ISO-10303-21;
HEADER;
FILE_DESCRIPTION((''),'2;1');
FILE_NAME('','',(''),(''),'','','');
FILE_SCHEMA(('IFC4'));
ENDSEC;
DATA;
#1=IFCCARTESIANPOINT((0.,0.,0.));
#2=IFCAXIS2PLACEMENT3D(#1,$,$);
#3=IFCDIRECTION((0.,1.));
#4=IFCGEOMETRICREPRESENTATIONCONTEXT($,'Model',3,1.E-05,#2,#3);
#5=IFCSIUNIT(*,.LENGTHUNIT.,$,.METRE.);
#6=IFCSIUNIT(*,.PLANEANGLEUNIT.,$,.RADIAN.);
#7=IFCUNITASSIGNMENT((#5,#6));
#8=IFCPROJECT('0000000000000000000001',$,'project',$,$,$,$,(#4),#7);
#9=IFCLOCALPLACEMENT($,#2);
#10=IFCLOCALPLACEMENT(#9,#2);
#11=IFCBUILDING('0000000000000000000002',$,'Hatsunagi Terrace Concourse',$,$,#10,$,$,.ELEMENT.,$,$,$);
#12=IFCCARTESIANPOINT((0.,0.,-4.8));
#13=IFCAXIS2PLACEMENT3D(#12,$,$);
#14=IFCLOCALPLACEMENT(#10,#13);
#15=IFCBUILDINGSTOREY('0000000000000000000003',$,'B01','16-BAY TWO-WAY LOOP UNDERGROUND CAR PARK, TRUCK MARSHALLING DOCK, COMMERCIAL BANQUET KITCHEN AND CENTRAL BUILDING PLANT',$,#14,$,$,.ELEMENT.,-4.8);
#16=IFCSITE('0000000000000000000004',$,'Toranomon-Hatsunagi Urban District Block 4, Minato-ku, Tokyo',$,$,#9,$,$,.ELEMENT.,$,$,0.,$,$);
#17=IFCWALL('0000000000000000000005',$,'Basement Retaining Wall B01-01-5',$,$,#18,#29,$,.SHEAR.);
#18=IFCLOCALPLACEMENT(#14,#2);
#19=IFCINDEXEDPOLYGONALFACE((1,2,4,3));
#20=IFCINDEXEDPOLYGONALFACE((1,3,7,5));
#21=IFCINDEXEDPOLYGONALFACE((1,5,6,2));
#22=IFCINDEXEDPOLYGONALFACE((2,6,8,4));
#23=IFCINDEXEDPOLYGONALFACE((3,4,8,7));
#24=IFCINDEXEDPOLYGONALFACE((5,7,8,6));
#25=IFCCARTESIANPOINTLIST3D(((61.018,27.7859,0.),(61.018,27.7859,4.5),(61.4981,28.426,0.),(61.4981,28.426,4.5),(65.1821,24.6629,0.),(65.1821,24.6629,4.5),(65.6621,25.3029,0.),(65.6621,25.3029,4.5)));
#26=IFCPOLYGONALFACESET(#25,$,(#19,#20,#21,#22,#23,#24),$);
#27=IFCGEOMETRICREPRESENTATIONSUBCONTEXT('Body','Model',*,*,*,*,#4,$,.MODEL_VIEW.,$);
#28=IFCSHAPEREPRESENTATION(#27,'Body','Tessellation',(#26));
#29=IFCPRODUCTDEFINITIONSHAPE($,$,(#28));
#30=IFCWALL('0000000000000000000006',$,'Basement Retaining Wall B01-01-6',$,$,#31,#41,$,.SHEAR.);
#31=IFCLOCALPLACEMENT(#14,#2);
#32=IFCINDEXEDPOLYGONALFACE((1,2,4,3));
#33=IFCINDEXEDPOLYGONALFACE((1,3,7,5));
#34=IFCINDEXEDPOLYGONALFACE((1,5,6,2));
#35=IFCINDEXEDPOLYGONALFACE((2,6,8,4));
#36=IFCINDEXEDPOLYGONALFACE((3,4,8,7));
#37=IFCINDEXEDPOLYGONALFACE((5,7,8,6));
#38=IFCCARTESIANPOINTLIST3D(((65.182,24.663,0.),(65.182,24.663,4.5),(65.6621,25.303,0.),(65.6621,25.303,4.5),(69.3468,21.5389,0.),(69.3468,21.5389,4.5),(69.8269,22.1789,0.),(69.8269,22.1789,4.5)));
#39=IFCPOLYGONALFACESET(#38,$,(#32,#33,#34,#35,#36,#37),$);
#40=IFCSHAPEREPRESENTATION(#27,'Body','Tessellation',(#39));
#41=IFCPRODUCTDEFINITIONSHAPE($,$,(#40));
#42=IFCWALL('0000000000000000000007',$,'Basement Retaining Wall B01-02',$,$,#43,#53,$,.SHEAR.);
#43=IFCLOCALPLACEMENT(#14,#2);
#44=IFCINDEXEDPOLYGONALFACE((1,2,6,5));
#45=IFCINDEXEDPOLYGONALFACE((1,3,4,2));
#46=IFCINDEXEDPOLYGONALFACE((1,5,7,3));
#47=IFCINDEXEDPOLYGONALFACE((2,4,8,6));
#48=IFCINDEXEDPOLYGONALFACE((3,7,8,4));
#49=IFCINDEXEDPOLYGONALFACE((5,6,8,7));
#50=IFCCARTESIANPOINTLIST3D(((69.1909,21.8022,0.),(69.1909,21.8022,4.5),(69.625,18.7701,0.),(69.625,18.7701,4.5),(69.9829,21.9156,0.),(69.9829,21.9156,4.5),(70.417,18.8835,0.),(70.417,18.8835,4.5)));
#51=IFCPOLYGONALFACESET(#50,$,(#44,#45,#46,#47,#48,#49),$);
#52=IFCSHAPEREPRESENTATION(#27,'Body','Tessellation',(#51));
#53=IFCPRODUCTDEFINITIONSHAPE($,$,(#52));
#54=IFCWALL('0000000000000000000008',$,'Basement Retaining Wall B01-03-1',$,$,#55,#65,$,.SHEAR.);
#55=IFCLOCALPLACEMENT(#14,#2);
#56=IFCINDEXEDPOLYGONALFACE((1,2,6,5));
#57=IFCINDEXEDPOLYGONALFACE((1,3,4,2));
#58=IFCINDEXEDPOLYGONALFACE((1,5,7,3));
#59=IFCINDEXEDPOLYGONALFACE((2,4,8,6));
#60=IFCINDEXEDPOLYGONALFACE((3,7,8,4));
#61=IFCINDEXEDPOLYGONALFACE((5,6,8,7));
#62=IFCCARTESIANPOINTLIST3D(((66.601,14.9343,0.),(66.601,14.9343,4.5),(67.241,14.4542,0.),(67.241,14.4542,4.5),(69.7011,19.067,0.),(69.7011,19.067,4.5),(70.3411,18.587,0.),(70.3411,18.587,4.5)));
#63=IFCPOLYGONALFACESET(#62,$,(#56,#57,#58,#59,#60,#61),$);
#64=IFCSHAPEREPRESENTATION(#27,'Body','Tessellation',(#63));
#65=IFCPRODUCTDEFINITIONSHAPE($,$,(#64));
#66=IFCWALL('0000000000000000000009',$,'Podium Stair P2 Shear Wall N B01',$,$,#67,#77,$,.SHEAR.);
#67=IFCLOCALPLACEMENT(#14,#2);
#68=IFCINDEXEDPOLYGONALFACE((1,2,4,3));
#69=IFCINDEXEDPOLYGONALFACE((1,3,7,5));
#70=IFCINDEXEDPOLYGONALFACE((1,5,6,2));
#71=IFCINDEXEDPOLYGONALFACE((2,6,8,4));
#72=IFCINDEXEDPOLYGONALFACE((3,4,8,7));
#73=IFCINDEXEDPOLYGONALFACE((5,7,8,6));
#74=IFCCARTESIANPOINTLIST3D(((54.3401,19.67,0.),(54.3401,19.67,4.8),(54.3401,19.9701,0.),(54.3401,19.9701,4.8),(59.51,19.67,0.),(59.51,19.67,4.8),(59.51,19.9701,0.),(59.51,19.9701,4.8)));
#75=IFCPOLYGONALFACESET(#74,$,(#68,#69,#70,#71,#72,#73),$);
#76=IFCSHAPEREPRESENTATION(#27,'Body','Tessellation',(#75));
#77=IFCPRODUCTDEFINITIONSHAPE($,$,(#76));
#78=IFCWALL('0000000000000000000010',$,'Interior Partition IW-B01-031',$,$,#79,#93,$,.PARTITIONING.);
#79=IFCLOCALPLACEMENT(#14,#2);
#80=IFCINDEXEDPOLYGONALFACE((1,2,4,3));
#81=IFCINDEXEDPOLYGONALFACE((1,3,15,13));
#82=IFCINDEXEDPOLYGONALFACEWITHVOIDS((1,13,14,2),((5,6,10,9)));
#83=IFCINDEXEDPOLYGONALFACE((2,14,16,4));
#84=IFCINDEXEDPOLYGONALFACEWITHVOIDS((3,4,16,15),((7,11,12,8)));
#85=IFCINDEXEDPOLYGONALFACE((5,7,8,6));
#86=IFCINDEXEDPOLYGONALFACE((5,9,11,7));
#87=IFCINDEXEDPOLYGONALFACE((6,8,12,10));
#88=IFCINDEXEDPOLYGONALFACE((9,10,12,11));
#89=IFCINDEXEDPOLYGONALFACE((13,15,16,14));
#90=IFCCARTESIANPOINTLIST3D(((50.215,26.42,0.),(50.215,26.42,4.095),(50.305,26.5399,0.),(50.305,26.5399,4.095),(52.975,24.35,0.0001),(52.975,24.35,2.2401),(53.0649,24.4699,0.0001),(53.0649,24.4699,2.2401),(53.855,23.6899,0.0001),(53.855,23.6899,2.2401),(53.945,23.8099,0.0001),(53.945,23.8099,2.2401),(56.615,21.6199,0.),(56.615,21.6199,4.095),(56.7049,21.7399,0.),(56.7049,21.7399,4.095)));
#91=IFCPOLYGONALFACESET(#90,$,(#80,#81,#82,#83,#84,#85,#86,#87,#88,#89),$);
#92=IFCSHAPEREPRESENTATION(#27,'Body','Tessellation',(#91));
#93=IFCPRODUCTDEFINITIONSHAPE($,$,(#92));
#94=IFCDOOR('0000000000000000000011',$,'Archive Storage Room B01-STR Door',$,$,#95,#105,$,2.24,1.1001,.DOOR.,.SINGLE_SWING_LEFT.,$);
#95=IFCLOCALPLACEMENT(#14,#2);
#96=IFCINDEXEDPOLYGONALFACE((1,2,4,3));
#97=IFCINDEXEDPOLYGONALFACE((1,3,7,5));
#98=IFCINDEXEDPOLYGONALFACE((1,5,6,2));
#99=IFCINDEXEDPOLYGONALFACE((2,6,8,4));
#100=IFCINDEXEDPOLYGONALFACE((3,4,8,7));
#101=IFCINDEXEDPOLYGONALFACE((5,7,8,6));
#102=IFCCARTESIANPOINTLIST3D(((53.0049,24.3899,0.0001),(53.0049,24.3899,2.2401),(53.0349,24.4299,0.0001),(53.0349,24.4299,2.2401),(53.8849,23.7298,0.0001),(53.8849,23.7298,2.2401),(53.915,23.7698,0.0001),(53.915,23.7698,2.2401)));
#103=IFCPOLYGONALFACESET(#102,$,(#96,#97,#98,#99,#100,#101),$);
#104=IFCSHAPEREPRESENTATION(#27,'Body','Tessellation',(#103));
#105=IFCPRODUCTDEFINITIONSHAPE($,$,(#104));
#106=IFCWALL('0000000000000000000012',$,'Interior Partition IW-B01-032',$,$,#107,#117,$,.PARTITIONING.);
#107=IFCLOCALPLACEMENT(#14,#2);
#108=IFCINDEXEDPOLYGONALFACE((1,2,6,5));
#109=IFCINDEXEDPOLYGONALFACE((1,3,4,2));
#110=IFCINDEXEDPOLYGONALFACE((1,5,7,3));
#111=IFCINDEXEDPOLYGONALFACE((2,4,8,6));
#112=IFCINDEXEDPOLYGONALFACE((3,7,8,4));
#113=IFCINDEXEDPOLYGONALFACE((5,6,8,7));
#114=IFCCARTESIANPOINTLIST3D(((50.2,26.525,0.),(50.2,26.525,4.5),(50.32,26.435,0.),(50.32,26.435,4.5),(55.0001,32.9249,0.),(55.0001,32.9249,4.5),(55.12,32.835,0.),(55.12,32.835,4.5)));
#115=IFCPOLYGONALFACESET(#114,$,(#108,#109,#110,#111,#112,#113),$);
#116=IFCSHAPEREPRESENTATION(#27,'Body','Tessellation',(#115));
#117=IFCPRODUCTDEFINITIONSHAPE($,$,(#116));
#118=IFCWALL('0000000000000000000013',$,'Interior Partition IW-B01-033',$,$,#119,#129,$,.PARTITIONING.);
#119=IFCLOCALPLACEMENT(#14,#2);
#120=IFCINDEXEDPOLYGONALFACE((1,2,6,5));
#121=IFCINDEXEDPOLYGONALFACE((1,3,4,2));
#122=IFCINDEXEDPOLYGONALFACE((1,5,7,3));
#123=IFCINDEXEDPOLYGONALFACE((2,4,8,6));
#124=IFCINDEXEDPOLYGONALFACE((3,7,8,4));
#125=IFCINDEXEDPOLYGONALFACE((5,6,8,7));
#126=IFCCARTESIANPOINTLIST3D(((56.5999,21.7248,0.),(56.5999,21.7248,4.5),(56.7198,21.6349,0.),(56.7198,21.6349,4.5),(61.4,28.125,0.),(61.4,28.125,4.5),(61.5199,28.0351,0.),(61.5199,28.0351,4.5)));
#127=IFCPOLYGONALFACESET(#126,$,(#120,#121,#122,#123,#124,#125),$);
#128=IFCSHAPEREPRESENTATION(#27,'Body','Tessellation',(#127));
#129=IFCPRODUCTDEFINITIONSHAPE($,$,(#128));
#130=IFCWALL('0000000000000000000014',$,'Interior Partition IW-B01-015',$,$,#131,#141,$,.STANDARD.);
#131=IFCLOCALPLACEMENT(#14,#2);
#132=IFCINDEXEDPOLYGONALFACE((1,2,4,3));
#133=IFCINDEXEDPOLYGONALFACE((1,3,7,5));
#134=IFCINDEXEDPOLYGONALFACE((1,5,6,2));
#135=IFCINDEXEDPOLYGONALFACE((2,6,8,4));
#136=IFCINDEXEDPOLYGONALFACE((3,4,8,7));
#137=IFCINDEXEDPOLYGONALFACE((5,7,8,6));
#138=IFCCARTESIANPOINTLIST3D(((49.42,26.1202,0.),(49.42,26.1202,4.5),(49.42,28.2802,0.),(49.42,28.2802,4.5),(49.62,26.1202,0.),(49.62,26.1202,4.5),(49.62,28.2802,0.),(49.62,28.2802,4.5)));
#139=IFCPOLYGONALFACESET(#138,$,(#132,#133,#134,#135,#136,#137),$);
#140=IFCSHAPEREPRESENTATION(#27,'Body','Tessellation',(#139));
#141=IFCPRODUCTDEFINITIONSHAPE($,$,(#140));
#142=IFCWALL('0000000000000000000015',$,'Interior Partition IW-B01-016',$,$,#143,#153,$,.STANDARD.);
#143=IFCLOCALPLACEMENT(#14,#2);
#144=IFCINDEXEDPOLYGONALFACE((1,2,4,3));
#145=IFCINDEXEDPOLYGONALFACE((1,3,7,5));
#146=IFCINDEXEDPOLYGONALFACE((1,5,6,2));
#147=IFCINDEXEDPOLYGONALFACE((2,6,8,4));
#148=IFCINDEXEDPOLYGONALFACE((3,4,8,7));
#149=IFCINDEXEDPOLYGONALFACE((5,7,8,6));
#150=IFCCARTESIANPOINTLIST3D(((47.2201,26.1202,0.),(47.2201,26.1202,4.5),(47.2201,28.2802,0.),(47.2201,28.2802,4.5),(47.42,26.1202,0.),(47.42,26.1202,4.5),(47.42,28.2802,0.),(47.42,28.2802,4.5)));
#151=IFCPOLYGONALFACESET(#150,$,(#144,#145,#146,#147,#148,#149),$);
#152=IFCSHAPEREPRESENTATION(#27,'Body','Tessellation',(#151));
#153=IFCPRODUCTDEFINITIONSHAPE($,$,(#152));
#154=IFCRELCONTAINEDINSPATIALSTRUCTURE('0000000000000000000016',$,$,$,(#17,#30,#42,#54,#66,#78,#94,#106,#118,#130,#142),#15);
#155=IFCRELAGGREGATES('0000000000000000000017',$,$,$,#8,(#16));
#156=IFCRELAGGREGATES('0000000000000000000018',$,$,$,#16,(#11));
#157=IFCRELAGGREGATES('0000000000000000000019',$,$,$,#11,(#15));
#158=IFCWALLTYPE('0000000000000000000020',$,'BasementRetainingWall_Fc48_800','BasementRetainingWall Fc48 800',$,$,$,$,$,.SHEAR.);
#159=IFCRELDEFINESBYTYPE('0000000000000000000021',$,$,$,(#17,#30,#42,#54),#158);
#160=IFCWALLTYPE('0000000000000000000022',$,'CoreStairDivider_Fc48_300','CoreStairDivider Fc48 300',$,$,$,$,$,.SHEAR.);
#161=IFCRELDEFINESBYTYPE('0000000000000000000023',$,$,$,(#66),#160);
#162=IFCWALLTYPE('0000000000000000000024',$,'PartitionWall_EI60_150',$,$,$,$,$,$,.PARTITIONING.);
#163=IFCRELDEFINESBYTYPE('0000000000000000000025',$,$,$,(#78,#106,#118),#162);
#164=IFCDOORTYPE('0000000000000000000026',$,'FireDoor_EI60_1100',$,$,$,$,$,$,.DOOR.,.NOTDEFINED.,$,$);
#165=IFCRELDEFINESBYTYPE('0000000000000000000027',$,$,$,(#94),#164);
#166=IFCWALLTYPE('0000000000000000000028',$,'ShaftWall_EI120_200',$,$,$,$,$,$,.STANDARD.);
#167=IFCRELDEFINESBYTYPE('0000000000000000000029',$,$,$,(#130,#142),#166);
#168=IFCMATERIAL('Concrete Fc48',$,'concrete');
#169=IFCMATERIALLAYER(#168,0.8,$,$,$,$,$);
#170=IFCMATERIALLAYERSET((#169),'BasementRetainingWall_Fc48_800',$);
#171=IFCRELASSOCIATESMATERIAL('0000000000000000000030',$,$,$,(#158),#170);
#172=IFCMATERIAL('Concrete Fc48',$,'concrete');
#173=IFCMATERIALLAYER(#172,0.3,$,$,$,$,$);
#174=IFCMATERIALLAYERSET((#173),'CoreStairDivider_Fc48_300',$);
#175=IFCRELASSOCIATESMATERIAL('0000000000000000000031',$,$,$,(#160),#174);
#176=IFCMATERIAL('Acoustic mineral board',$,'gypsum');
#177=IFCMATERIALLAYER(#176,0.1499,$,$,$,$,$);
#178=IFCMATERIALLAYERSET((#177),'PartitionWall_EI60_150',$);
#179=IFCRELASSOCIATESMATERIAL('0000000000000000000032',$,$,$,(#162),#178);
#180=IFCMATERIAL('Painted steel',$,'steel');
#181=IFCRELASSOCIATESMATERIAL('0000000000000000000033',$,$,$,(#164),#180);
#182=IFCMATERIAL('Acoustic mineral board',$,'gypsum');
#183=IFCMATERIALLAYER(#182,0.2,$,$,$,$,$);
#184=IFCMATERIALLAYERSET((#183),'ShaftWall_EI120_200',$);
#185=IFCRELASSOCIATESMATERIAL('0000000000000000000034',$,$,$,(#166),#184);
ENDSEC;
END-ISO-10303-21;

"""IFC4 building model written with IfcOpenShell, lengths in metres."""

from ifc_helpers import new_model, si_unit, direction, frame, frame_2d, origin, place, context, subcontext, project, spatial, rectangle, extrude, material, layer, layer_set, type_object, element, fill, save


model = new_model("IFC4")

# Units and contexts
model_context = context("Model", 3, precision=1e-05, world=origin(), true_north=direction((0.0, 1.0)))
body_context = subcontext(model_context, "Body", "Model", "MODEL_VIEW")
ifc_project = project(units=[si_unit("LENGTHUNIT", "METRE"), si_unit("PLANEANGLEUNIT", "RADIAN")], contexts=[model_context])

# Site, building, storey
site_placement = place(None, origin())
site = spatial("IfcSite", under=ifc_project, at=site_placement, Name="Toranomon-Hatsunagi Urban District Block 4, Minato-ku, Tokyo", CompositionType="ELEMENT", RefElevation=0.0)
building_placement = place(site_placement, origin())
building = spatial("IfcBuilding", under=site, at=building_placement, Name="Hatsunagi Terrace Concourse", CompositionType="ELEMENT")
storey_placement = place(building_placement, frame((0.0, 0.0, -4.8)))
storey = spatial("IfcBuildingStorey", under=building, at=storey_placement, Name="B01", Description="16-BAY TWO-WAY LOOP UNDERGROUND CAR PARK, TRUCK MARSHALLING DOCK, COMMERCIAL BANQUET KITCHEN AND CENTRAL BUILDING PLANT", CompositionType="ELEMENT", Elevation=-4.8)

# Walls
ifc_material_1 = material(Name="Concrete Fc48", Category="concrete")
ifc_layer_1 = layer(ifc_material_1, 0.8)
ifc_layer_set_1 = layer_set([ifc_layer_1], Name="BasementRetainingWall_Fc48_800")
wall_type_1 = type_object("IfcWallType", Name="BasementRetainingWall_Fc48_800", Description="BasementRetainingWall Fc48 800", PredefinedType="SHEAR", material=ifc_layer_set_1)
wall_1_placement = place(storey_placement, frame((61.2581, 28.106, 0.0), z_axis=(0.0, 0.0, 1.0), x_axis=(0.8, -0.6, 0.0)))
element("IfcWall", 1, at=wall_1_placement, inside=storey, type_object=wall_type_1, Name="Basement Retaining Wall B01-01-5", PredefinedType="SHEAR", context=body_context, shape_type="SweptSolid", body=[
    extrude(rectangle(XDim=5.2051, YDim=0.8, at=frame_2d((2.6025, 0.0))), origin(), (0.0, 0.0, 1.0), 4.5),
])
wall_2_placement = place(storey_placement, frame((65.4221, 24.9829, 0.0), z_axis=(0.0, 0.0, 1.0), x_axis=(0.799961, -0.600053, 0.0)))
element("IfcWall", 2, at=wall_2_placement, inside=storey, type_object=wall_type_1, Name="Basement Retaining Wall B01-01-6", PredefinedType="SHEAR", context=body_context, shape_type="SweptSolid", body=[
    extrude(rectangle(XDim=5.2063, YDim=0.8, at=frame_2d((2.603, 0.0))), origin(), (0.0, 0.0, 1.0), 4.5),
])
wall_3_placement = place(storey_placement, frame((69.5869, 21.8589, 0.0), z_axis=(0.0, 0.0, 1.0), x_axis=(0.141723, -0.989906, 0.0)))
element("IfcWall", 3, at=wall_3_placement, inside=storey, type_object=wall_type_1, Name="Basement Retaining Wall B01-02", PredefinedType="SHEAR", context=body_context, shape_type="SweptSolid", body=[
    extrude(rectangle(XDim=3.063, YDim=0.8, at=frame_2d((1.5315, 0.0))), origin(), (0.0, 0.0, 1.0), 4.5),
])
wall_4_placement = place(storey_placement, frame((70.021, 18.8269, 0.0), z_axis=(0.0, 0.0, 1.0), x_axis=(-0.60006, -0.799955, 0.0)))
element("IfcWall", 4, at=wall_4_placement, inside=storey, type_object=wall_type_1, Name="Basement Retaining Wall B01-03-1", PredefinedType="SHEAR", context=body_context, shape_type="SweptSolid", body=[
    extrude(rectangle(XDim=5.1663, YDim=0.8, at=frame_2d((2.583, 0.0))), origin(), (0.0, 0.0, 1.0), 4.5),
])
ifc_material_2 = material(Name="Concrete Fc48", Category="concrete")
ifc_layer_2 = layer(ifc_material_2, 0.3)
ifc_layer_set_2 = layer_set([ifc_layer_2], Name="CoreStairDivider_Fc48_300")
wall_type_2 = type_object("IfcWallType", Name="CoreStairDivider_Fc48_300", Description="CoreStairDivider Fc48 300", PredefinedType="SHEAR", material=ifc_layer_set_2)
wall_5_placement = place(storey_placement, frame((54.3401, 19.8201, 0.0), z_axis=(0.0, 0.0, 1.0), x_axis=(1.0, 0.0, 0.0)))
element("IfcWall", 5, at=wall_5_placement, inside=storey, type_object=wall_type_2, Name="Podium Stair P2 Shear Wall N B01", PredefinedType="SHEAR", context=body_context, shape_type="SweptSolid", body=[
    extrude(rectangle(XDim=5.1699, YDim=0.3, at=frame_2d((2.585, 0.0))), origin(), (0.0, 0.0, 1.0), 4.8),
])

# Wall, opening, door
ifc_material_3 = material(Name="Acoustic mineral board", Category="gypsum")
ifc_layer_3 = layer(ifc_material_3, 0.1499)
ifc_layer_set_3 = layer_set([ifc_layer_3], Name="PartitionWall_EI60_150")
wall_type_3 = type_object("IfcWallType", Name="PartitionWall_EI60_150", PredefinedType="PARTITIONING", material=ifc_layer_set_3)
wall_6_placement = place(storey_placement, frame((50.26, 26.48, 0.0), z_axis=(0.0, 0.0, 1.0), x_axis=(0.799993, -0.60001, 0.0)))
wall_6 = element("IfcWall", 6, at=wall_6_placement, inside=storey, type_object=wall_type_3, Name="Interior Partition IW-B01-031", PredefinedType="PARTITIONING", context=body_context, shape_type="SweptSolid", body=[
    extrude(rectangle(XDim=8.0, YDim=0.1499, at=frame_2d((4.0, 0.0))), origin(), (0.0, 0.0, 1.0), 4.095),
])
opening_placement = place(wall_6_placement, frame((3.45, 0.0, 0.0)))
opening = element("IfcOpeningElement", 7, at=opening_placement, cuts=wall_6, PredefinedType="OPENING", context=body_context, shape_type="SweptSolid", body=[
    extrude(rectangle(XDim=1.1001, YDim=2.24, at=frame_2d((0.55, 1.1201))), frame((0.0, 0.085, 0.0), z_axis=(0.0, -1.0, 0.0), x_axis=(1.0, 0.0, 0.0)), (0.0, 0.0, 1.0), 0.1699),
])
ifc_material_4 = material(Name="Painted steel", Category="steel")
door_type = type_object("IfcDoorType", Name="FireDoor_EI60_1100", OperationType="NOTDEFINED", PredefinedType="DOOR", material=ifc_material_4)
door_placement = place(opening_placement, origin())
door = element("IfcDoor", 8, at=door_placement, inside=storey, type_object=door_type, Name="Archive Storage Room B01-STR Door", OperationType="SINGLE_SWING_LEFT", OverallHeight=2.24, OverallWidth=1.1001, PredefinedType="DOOR", context=body_context, shape_type="SweptSolid", body=[
    extrude(rectangle(XDim=1.1001, YDim=2.24, at=frame_2d((0.55, 1.1201))), frame((0.0, 0.0249, 0.0), z_axis=(0.0, -1.0, 0.0), x_axis=(1.0, 0.0, 0.0)), (0.0, 0.0, 1.0), 0.05),
])
fill(opening, door)

# Walls
wall_7_placement = place(storey_placement, frame((50.26, 26.48, 0.0), z_axis=(0.0, 0.0, 1.0), x_axis=(0.60001, 0.799993, 0.0)))
element("IfcWall", 9, at=wall_7_placement, inside=storey, type_object=wall_type_3, Name="Interior Partition IW-B01-032", PredefinedType="PARTITIONING", context=body_context, shape_type="SweptSolid", body=[
    extrude(rectangle(XDim=8.0, YDim=0.1499, at=frame_2d((4.0, 0.0))), origin(), (0.0, 0.0, 1.0), 4.5),
])
wall_8_placement = place(storey_placement, frame((56.6599, 21.6799, 0.0), z_axis=(0.0, 0.0, 1.0), x_axis=(0.599995, 0.800004, 0.0)))
element("IfcWall", 10, at=wall_8_placement, inside=storey, type_object=wall_type_3, Name="Interior Partition IW-B01-033", PredefinedType="PARTITIONING", context=body_context, shape_type="SweptSolid", body=[
    extrude(rectangle(XDim=8.0002, YDim=0.1499, at=frame_2d((4.0, 0.0))), origin(), (0.0, 0.0, 1.0), 4.5),
])
ifc_material_5 = material(Name="Acoustic mineral board", Category="gypsum")
ifc_layer_4 = layer(ifc_material_5, 0.2)
ifc_layer_set_4 = layer_set([ifc_layer_4], Name="ShaftWall_EI120_200")
wall_type_4 = type_object("IfcWallType", Name="ShaftWall_EI120_200", PredefinedType="STANDARD", material=ifc_layer_set_4)
for number, where, z_axis, x_axis, name in (
    (11, (49.52, 26.1201, 0.0), (0.0, 0.0, 1.0), (0.0, 1.0, 0.0), "Interior Partition IW-B01-015"),
    (12, (47.3201, 26.1201, 0.0), (0.0, 0.0, 1.0), (0.0, 1.0, 0.0), "Interior Partition IW-B01-016"),
):
    element("IfcWall", number, at=place(storey_placement, frame(where, z_axis=z_axis, x_axis=x_axis)), inside=storey, type_object=wall_type_4, Name=name, PredefinedType="STANDARD", context=body_context, shape_type="SweptSolid", body=[
        extrude(rectangle(XDim=2.1599, YDim=0.2, at=frame_2d((1.0801, 0.0))), origin(), (0.0, 0.0, 1.0), 4.5),
    ])

save(model, "model.ifc")
